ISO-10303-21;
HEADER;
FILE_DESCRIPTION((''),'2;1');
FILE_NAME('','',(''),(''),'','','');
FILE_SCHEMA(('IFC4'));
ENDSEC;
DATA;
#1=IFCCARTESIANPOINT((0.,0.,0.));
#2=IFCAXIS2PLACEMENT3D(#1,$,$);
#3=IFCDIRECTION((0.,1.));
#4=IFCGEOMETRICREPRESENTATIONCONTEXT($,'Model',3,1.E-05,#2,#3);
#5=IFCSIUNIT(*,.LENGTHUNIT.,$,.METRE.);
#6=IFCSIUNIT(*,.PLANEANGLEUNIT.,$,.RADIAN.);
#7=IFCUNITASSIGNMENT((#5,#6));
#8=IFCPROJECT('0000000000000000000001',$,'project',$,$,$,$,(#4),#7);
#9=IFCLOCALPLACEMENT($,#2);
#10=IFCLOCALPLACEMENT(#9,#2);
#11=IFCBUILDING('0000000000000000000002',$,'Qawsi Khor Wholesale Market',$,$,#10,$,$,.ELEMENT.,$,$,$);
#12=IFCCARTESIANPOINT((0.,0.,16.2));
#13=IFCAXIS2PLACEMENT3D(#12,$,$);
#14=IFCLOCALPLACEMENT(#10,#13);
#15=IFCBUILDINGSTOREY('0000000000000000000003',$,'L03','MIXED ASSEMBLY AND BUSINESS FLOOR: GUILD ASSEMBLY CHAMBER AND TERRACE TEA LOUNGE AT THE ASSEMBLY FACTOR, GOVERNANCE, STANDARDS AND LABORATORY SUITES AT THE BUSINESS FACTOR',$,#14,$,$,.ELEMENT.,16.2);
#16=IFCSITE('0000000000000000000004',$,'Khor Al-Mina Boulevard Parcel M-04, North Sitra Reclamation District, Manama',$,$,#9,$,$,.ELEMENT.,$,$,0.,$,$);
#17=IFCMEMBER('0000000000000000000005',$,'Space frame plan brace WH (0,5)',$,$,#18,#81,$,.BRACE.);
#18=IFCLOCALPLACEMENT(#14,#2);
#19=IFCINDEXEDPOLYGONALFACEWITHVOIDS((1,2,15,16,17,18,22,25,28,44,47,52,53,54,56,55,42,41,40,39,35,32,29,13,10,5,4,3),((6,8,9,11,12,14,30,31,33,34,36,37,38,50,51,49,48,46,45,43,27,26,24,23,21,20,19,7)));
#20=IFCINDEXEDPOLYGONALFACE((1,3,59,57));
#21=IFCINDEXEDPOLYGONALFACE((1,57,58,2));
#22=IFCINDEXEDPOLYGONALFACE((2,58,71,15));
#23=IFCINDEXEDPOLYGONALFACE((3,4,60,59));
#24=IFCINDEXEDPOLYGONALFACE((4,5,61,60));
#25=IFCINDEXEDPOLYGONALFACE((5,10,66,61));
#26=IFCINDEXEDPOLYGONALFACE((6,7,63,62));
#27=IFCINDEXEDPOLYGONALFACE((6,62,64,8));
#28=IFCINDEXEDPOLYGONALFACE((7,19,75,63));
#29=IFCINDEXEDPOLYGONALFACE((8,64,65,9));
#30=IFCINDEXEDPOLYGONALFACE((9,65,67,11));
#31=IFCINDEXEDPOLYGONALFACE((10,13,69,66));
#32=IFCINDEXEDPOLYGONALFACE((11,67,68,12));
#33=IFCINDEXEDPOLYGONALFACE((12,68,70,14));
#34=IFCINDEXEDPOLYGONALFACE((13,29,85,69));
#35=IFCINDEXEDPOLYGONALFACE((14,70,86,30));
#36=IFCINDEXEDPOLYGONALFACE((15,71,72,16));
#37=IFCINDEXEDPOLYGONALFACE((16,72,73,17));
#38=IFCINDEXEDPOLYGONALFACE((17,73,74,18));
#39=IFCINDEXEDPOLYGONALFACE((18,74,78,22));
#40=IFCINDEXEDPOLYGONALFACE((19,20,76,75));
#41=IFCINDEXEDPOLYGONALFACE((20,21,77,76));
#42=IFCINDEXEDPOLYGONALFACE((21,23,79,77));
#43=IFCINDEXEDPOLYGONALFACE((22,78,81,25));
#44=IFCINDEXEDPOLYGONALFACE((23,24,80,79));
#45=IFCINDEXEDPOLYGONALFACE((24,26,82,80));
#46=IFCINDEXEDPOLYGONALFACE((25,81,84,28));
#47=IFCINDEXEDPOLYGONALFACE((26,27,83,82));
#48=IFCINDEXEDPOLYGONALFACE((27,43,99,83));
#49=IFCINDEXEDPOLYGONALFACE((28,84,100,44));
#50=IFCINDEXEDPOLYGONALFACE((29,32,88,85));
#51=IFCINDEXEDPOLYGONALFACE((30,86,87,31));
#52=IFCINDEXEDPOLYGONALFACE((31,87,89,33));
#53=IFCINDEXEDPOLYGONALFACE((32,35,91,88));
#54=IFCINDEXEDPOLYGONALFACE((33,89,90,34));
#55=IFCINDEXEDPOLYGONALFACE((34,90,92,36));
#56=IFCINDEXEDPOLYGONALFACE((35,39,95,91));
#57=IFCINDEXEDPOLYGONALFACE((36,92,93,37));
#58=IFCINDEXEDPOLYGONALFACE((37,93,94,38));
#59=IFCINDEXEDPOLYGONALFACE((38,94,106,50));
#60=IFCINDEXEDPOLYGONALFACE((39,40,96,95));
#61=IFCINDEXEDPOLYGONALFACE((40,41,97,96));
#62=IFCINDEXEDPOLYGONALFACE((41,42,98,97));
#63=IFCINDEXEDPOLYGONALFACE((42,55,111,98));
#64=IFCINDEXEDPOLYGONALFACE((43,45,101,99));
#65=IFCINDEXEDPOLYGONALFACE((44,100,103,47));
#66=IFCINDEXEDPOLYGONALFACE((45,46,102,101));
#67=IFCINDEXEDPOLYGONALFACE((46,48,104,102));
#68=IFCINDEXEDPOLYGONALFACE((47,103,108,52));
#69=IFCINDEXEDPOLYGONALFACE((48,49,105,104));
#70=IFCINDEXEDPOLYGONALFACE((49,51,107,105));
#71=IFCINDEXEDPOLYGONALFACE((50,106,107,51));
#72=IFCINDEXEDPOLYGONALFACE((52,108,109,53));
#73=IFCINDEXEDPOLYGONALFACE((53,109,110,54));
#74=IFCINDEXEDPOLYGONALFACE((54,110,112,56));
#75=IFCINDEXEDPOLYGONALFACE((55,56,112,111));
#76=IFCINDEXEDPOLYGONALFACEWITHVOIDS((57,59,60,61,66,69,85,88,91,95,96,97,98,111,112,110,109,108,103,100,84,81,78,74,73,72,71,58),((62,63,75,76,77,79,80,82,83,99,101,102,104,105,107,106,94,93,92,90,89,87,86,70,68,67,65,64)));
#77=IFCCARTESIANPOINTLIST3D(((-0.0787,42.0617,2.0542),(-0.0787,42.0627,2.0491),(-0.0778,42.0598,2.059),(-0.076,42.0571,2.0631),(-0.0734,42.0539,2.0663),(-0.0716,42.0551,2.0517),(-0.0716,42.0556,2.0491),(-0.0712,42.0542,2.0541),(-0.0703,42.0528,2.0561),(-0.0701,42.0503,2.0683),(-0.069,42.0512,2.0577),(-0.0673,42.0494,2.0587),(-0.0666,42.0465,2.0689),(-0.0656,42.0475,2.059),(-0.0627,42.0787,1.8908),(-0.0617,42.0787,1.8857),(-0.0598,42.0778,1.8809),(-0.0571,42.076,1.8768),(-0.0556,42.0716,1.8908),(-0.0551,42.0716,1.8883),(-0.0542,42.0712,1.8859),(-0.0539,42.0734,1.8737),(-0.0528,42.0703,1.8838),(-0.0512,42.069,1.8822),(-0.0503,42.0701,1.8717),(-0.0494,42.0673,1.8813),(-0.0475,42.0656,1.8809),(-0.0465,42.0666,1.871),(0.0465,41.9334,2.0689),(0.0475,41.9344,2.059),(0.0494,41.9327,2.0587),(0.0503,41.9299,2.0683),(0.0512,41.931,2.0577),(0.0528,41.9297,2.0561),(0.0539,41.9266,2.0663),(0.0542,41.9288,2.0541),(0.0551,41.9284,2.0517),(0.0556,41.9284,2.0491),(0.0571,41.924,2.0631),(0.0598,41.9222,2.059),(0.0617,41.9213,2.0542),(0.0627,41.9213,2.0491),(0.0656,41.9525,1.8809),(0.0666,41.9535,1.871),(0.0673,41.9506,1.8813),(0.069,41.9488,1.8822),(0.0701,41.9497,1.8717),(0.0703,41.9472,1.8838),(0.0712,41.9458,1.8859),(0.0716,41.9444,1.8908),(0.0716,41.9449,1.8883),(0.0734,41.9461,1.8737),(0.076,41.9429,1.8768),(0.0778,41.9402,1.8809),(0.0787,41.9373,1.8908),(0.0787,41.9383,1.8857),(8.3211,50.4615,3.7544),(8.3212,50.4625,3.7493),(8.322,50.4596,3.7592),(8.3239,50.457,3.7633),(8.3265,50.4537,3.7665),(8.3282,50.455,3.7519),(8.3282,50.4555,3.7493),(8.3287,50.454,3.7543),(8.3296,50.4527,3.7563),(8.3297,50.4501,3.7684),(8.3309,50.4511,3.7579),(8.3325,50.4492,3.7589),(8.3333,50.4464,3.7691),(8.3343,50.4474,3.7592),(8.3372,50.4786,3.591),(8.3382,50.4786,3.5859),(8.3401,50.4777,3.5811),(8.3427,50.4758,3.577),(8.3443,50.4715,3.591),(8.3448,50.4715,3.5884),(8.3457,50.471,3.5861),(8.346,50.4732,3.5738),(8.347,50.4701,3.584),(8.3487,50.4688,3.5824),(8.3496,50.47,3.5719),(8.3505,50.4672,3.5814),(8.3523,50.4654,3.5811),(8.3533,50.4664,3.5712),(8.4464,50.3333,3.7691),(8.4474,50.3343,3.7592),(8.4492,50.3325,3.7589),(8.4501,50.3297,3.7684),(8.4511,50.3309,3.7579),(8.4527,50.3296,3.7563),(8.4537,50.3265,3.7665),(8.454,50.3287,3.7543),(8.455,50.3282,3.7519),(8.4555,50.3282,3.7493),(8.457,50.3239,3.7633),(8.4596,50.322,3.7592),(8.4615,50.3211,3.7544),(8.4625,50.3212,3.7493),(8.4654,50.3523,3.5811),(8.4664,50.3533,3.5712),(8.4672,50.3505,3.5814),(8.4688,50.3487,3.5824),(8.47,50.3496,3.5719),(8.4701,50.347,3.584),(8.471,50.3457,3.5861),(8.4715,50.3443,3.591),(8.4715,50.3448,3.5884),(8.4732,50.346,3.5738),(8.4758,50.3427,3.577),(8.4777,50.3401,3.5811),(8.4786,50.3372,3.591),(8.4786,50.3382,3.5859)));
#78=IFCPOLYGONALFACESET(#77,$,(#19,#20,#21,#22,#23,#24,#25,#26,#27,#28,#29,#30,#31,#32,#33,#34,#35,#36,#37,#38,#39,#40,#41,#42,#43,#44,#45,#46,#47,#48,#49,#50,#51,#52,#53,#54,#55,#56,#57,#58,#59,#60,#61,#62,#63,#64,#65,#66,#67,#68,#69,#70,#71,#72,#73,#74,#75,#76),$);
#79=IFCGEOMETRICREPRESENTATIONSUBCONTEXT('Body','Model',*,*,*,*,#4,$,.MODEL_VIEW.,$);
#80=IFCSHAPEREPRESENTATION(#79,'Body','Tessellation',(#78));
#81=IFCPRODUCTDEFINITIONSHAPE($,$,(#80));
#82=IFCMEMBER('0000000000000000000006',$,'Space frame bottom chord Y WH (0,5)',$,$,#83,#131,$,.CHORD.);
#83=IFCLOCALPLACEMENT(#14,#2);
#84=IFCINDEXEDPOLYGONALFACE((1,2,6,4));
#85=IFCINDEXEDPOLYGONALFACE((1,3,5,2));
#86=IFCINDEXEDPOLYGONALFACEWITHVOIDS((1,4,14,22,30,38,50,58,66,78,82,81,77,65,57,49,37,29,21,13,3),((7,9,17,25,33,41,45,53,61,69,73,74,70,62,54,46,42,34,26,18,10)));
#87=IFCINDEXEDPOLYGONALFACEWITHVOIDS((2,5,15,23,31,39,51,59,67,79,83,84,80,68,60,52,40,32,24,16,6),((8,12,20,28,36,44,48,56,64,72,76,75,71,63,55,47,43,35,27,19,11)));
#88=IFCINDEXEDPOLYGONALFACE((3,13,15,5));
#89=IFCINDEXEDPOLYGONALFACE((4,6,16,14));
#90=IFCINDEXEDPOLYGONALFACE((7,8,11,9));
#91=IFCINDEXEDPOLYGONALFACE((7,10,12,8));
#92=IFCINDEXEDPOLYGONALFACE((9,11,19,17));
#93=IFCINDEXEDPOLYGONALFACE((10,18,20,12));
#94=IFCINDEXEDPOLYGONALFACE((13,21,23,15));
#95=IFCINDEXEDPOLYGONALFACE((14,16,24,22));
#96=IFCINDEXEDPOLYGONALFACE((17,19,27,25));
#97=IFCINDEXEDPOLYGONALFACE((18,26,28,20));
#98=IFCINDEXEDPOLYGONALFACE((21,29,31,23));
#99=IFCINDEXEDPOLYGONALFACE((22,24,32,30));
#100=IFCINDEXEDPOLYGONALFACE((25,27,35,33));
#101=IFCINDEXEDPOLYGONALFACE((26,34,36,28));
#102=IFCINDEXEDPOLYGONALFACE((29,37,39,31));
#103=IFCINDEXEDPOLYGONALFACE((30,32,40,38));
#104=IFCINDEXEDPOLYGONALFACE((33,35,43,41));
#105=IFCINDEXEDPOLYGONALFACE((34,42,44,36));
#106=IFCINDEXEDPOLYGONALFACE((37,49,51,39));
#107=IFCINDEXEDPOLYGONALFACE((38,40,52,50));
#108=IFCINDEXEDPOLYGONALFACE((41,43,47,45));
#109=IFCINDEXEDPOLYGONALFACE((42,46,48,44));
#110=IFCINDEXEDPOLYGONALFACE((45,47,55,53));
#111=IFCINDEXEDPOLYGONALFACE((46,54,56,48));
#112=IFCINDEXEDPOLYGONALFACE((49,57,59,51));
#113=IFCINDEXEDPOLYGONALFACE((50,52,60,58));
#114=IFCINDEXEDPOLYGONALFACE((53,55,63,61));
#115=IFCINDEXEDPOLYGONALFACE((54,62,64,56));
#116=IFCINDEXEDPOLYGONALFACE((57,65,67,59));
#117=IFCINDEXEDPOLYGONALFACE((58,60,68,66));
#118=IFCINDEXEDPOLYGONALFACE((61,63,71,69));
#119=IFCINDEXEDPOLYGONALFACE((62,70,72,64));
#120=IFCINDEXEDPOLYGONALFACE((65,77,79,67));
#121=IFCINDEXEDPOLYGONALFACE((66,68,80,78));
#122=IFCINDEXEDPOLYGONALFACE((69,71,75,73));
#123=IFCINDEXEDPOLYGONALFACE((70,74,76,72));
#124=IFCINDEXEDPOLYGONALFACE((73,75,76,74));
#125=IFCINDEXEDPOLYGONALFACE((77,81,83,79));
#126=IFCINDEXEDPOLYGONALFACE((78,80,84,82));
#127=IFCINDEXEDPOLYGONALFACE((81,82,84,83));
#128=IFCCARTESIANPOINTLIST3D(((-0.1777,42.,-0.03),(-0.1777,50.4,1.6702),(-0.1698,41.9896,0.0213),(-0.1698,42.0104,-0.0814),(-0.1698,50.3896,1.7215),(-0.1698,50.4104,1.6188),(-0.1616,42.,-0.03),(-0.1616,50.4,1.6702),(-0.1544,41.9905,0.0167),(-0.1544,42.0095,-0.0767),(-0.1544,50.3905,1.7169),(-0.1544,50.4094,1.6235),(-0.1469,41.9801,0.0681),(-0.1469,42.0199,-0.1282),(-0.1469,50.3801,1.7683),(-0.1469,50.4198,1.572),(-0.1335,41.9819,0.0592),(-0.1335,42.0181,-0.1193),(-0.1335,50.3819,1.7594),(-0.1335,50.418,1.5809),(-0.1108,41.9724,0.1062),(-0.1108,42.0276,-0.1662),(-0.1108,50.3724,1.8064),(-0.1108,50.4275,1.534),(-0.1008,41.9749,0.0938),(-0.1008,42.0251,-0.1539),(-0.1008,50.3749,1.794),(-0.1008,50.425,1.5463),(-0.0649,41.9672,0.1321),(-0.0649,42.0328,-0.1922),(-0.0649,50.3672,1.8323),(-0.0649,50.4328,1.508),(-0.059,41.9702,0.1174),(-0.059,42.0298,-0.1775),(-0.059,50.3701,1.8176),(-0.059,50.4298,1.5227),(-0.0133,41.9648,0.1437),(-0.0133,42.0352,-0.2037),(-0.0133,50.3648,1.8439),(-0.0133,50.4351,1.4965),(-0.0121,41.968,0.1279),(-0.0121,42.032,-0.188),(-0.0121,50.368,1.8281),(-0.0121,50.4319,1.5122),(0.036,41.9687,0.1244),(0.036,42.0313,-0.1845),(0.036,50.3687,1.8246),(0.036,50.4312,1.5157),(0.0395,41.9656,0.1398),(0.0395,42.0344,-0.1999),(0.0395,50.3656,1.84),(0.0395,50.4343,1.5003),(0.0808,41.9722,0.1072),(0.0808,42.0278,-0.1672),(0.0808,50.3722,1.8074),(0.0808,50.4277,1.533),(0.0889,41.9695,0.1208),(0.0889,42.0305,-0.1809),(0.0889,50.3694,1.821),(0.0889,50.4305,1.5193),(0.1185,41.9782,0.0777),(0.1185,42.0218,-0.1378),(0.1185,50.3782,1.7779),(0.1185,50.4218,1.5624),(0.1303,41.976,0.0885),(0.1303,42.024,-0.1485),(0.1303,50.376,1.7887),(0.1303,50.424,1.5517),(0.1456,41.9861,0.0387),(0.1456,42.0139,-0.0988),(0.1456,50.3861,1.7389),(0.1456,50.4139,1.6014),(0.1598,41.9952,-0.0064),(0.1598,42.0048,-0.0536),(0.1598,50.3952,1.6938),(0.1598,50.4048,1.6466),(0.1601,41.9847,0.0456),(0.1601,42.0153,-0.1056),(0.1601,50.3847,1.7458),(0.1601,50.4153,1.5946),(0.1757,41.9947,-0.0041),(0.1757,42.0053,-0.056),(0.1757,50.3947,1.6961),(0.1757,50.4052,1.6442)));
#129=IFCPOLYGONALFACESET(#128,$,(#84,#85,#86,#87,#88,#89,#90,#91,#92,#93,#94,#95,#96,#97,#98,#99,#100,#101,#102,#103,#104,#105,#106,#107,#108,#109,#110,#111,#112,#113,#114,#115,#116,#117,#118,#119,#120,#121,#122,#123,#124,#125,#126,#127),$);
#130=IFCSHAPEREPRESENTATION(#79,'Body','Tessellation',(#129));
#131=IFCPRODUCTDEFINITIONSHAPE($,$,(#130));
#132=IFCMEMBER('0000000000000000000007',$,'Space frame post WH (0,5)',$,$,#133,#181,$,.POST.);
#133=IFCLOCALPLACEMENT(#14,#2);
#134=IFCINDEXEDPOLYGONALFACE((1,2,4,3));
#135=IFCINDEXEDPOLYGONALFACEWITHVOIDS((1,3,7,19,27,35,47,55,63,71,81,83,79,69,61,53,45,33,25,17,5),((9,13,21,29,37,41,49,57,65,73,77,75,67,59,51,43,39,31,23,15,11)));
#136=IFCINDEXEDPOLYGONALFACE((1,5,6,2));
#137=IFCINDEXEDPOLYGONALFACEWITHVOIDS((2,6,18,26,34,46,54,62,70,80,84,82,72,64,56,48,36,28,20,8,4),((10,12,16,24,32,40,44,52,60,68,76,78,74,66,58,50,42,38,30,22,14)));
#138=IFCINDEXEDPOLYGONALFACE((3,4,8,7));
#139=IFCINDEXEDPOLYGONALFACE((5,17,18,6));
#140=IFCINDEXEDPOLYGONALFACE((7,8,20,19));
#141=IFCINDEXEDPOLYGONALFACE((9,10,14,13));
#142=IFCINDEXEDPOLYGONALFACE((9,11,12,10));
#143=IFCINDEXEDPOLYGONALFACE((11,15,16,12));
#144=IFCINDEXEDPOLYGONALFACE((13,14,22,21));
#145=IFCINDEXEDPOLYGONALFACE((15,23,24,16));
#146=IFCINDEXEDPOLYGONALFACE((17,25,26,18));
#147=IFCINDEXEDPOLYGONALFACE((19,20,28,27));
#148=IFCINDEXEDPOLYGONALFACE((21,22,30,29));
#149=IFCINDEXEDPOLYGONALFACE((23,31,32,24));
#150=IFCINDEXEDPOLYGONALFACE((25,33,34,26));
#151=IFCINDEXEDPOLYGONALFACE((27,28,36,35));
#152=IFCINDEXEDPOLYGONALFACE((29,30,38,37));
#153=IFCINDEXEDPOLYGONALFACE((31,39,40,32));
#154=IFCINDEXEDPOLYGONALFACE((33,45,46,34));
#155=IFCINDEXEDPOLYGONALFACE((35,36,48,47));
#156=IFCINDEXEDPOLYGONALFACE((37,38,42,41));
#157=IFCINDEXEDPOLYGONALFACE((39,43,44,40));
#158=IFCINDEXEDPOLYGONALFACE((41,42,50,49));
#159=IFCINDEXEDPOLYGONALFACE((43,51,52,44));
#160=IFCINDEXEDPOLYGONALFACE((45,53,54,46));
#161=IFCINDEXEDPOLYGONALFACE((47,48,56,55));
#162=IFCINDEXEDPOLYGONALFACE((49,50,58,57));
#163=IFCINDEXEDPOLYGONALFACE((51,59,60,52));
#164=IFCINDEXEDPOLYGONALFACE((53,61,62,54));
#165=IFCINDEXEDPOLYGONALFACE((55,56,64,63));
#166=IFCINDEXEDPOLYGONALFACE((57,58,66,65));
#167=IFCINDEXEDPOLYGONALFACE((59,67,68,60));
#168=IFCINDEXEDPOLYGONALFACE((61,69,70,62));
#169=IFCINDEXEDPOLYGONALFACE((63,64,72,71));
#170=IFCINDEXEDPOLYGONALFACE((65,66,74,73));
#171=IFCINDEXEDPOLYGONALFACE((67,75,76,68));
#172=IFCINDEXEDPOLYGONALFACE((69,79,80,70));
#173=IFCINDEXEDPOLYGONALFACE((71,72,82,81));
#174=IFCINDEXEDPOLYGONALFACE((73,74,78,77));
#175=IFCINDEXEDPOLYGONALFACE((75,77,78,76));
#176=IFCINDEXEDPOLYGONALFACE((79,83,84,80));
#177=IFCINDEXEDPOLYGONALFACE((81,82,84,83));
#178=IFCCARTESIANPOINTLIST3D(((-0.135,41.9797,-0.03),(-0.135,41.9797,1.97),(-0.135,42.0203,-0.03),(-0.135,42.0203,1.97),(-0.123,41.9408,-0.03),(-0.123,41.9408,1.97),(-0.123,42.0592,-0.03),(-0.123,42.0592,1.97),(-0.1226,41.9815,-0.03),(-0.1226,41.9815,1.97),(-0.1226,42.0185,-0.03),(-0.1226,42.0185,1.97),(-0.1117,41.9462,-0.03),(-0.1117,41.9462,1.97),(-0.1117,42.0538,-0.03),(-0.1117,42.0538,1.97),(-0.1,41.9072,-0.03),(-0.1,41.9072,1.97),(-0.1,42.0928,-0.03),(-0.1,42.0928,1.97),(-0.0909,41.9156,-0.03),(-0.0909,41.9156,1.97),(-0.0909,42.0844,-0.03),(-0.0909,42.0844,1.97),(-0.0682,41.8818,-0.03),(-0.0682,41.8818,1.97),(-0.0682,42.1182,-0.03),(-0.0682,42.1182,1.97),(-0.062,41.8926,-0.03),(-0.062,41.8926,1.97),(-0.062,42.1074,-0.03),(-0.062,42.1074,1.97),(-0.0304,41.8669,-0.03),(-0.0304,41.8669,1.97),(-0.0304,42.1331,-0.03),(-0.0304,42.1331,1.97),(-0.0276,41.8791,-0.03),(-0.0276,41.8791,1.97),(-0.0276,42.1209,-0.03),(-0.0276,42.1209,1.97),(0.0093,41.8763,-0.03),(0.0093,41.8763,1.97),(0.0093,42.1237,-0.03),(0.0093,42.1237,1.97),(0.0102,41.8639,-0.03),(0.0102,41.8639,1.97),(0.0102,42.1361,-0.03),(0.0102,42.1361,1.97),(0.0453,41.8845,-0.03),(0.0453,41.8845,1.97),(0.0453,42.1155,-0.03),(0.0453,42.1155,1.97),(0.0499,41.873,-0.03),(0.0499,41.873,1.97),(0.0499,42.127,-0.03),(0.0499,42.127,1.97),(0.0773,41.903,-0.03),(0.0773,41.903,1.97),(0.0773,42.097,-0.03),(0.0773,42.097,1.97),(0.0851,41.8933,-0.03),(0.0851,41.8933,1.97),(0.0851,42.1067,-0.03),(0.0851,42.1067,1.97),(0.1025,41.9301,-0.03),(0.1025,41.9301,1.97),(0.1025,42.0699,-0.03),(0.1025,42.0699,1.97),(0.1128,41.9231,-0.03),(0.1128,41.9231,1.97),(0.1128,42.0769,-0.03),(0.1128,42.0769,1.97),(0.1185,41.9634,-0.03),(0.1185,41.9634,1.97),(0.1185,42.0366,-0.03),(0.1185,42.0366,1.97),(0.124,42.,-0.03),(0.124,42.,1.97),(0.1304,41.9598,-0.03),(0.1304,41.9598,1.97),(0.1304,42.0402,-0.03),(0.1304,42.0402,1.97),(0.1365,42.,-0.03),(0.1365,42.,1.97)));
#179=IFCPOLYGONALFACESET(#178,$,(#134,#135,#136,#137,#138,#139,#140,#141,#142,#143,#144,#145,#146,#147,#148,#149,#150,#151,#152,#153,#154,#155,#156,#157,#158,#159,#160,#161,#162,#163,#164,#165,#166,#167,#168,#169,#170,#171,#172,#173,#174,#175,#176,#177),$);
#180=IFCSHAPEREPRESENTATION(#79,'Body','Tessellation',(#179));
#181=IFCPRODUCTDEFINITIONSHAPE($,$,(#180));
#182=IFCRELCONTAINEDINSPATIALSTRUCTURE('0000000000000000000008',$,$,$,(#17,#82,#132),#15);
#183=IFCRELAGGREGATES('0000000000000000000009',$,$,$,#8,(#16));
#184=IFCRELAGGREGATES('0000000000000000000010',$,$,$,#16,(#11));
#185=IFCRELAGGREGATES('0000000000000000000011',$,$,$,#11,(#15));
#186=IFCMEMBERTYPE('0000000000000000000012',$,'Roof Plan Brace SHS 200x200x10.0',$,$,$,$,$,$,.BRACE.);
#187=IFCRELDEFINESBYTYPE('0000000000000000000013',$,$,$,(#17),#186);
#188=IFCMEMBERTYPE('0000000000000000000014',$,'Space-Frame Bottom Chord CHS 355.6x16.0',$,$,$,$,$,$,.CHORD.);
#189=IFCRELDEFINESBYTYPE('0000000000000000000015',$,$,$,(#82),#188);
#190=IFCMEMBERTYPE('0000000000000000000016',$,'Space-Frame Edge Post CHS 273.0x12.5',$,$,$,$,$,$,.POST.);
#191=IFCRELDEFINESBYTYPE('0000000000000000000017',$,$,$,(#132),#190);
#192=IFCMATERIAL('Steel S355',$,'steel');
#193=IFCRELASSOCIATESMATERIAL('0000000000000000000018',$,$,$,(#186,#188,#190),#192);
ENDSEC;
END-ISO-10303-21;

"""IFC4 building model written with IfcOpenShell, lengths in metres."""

from ifc_helpers import new_model, si_unit, direction, frame, origin, origin_2d, place, context, subcontext, project, spatial, hollow_rectangle, hollow_circle, extrude, material, material_profile, profile_set, type_object, element, save


model = new_model("IFC4")

# Units and contexts
model_context = context("Model", 3, precision=1e-05, world=origin(), true_north=direction((0.0, 1.0)))
body_context = subcontext(model_context, "Body", "Model", "MODEL_VIEW")
ifc_project = project(units=[si_unit("LENGTHUNIT", "METRE"), si_unit("PLANEANGLEUNIT", "RADIAN")], contexts=[model_context])

# Site, building, storey
site_placement = place(None, origin())
site = spatial("IfcSite", under=ifc_project, at=site_placement, Name="Khor Al-Mina Boulevard Parcel M-04, North Sitra Reclamation District, Manama", CompositionType="ELEMENT", RefElevation=0.0)
building_placement = place(site_placement, origin())
building = spatial("IfcBuilding", under=site, at=building_placement, Name="Qawsi Khor Wholesale Market", CompositionType="ELEMENT")
storey_placement = place(building_placement, frame((0.0, 0.0, 16.2)))
storey = spatial("IfcBuildingStorey", under=building, at=storey_placement, Name="L03", Description="MIXED ASSEMBLY AND BUSINESS FLOOR: GUILD ASSEMBLY CHAMBER AND TERRACE TEA LOUNGE AT THE ASSEMBLY FACTOR, GOVERNANCE, STANDARDS AND LABORATORY SUITES AT THE BUSINESS FACTOR", CompositionType="ELEMENT", Elevation=16.2)

# Members
ifc_material_1 = material(Name="Steel S355", Category="steel")
ifc_material_profile_1 = material_profile(ifc_material_1, hollow_rectangle(XDim=0.2, YDim=0.2, WallThickness=0.01, InnerFilletRadius=0.01, OuterFilletRadius=0.02, at=origin_2d()), Name="SHS 200x200x10.0")
ifc_profile_set_1 = profile_set([ifc_material_profile_1], Name="Steel S355")
member_type_1 = type_object("IfcMemberType", Name="Roof Plan Brace SHS 200x200x10.0", PredefinedType="BRACE", material=ifc_profile_set_1)
member_1_placement = place(storey_placement, frame((0.0, 42.0, 1.97), z_axis=(0.699974, 0.699974, 0.141679), x_axis=(-0.707107, 0.707107, 0.0)))
element("IfcMember", 1, at=member_1_placement, inside=storey, type_object=member_type_1, Name="Space frame plan brace WH (0,5)", PredefinedType="BRACE", context=body_context, shape_type="SweptSolid", body=[
    extrude(hollow_rectangle(XDim=0.2, YDim=0.2, WallThickness=0.01, InnerFilletRadius=0.01, OuterFilletRadius=0.02, at=origin_2d()), origin(), (0.0, 0.0, 1.0), 12.0002),
])
ifc_material_profile_2 = material_profile(ifc_material_1, hollow_circle(Radius=0.1777, WallThickness=0.0161, at=origin_2d()), Name="CHS 355.6x16.0")
ifc_profile_set_2 = profile_set([ifc_material_profile_2], Name="Steel S355")
member_type_2 = type_object("IfcMemberType", Name="Space-Frame Bottom Chord CHS 355.6x16.0", PredefinedType="CHORD", material=ifc_profile_set_2)
member_2_placement = place(storey_placement, frame((0.0, 42.0, -0.03), z_axis=(0.0, 0.980124, 0.198384), x_axis=(-1.0, 0.0, 0.0)))
element("IfcMember", 2, at=member_2_placement, inside=storey, type_object=member_type_2, Name="Space frame bottom chord Y WH (0,5)", PredefinedType="CHORD", context=body_context, shape_type="SweptSolid", body=[
    extrude(hollow_circle(Radius=0.1777, WallThickness=0.0161, at=origin_2d()), origin(), (0.0, 0.0, 1.0), 8.5703),
])
ifc_material_profile_3 = material_profile(ifc_material_1, hollow_circle(Radius=0.1365, WallThickness=0.0125, at=origin_2d()), Name="CHS 273.0x12.5")
ifc_profile_set_3 = profile_set([ifc_material_profile_3], Name="Steel S355")
member_type_3 = type_object("IfcMemberType", Name="Space-Frame Edge Post CHS 273.0x12.5", PredefinedType="POST", material=ifc_profile_set_3)
for number, where, z_axis, x_axis, name in (
    (3, (0.0, 42.0, -0.03), (0.0, 0.0, 1.0), (1.0, 0.0, 0.0), "Space frame post WH (0,5)"),
):
    element("IfcMember", number, at=place(storey_placement, frame(where, z_axis=z_axis, x_axis=x_axis)), inside=storey, type_object=member_type_3, Name=name, PredefinedType="POST", context=body_context, shape_type="SweptSolid", body=[
        extrude(hollow_circle(Radius=0.1365, WallThickness=0.0125, at=origin_2d()), origin(), (0.0, 0.0, 1.0), 2.0),
    ])

save(model, "model.ifc")
